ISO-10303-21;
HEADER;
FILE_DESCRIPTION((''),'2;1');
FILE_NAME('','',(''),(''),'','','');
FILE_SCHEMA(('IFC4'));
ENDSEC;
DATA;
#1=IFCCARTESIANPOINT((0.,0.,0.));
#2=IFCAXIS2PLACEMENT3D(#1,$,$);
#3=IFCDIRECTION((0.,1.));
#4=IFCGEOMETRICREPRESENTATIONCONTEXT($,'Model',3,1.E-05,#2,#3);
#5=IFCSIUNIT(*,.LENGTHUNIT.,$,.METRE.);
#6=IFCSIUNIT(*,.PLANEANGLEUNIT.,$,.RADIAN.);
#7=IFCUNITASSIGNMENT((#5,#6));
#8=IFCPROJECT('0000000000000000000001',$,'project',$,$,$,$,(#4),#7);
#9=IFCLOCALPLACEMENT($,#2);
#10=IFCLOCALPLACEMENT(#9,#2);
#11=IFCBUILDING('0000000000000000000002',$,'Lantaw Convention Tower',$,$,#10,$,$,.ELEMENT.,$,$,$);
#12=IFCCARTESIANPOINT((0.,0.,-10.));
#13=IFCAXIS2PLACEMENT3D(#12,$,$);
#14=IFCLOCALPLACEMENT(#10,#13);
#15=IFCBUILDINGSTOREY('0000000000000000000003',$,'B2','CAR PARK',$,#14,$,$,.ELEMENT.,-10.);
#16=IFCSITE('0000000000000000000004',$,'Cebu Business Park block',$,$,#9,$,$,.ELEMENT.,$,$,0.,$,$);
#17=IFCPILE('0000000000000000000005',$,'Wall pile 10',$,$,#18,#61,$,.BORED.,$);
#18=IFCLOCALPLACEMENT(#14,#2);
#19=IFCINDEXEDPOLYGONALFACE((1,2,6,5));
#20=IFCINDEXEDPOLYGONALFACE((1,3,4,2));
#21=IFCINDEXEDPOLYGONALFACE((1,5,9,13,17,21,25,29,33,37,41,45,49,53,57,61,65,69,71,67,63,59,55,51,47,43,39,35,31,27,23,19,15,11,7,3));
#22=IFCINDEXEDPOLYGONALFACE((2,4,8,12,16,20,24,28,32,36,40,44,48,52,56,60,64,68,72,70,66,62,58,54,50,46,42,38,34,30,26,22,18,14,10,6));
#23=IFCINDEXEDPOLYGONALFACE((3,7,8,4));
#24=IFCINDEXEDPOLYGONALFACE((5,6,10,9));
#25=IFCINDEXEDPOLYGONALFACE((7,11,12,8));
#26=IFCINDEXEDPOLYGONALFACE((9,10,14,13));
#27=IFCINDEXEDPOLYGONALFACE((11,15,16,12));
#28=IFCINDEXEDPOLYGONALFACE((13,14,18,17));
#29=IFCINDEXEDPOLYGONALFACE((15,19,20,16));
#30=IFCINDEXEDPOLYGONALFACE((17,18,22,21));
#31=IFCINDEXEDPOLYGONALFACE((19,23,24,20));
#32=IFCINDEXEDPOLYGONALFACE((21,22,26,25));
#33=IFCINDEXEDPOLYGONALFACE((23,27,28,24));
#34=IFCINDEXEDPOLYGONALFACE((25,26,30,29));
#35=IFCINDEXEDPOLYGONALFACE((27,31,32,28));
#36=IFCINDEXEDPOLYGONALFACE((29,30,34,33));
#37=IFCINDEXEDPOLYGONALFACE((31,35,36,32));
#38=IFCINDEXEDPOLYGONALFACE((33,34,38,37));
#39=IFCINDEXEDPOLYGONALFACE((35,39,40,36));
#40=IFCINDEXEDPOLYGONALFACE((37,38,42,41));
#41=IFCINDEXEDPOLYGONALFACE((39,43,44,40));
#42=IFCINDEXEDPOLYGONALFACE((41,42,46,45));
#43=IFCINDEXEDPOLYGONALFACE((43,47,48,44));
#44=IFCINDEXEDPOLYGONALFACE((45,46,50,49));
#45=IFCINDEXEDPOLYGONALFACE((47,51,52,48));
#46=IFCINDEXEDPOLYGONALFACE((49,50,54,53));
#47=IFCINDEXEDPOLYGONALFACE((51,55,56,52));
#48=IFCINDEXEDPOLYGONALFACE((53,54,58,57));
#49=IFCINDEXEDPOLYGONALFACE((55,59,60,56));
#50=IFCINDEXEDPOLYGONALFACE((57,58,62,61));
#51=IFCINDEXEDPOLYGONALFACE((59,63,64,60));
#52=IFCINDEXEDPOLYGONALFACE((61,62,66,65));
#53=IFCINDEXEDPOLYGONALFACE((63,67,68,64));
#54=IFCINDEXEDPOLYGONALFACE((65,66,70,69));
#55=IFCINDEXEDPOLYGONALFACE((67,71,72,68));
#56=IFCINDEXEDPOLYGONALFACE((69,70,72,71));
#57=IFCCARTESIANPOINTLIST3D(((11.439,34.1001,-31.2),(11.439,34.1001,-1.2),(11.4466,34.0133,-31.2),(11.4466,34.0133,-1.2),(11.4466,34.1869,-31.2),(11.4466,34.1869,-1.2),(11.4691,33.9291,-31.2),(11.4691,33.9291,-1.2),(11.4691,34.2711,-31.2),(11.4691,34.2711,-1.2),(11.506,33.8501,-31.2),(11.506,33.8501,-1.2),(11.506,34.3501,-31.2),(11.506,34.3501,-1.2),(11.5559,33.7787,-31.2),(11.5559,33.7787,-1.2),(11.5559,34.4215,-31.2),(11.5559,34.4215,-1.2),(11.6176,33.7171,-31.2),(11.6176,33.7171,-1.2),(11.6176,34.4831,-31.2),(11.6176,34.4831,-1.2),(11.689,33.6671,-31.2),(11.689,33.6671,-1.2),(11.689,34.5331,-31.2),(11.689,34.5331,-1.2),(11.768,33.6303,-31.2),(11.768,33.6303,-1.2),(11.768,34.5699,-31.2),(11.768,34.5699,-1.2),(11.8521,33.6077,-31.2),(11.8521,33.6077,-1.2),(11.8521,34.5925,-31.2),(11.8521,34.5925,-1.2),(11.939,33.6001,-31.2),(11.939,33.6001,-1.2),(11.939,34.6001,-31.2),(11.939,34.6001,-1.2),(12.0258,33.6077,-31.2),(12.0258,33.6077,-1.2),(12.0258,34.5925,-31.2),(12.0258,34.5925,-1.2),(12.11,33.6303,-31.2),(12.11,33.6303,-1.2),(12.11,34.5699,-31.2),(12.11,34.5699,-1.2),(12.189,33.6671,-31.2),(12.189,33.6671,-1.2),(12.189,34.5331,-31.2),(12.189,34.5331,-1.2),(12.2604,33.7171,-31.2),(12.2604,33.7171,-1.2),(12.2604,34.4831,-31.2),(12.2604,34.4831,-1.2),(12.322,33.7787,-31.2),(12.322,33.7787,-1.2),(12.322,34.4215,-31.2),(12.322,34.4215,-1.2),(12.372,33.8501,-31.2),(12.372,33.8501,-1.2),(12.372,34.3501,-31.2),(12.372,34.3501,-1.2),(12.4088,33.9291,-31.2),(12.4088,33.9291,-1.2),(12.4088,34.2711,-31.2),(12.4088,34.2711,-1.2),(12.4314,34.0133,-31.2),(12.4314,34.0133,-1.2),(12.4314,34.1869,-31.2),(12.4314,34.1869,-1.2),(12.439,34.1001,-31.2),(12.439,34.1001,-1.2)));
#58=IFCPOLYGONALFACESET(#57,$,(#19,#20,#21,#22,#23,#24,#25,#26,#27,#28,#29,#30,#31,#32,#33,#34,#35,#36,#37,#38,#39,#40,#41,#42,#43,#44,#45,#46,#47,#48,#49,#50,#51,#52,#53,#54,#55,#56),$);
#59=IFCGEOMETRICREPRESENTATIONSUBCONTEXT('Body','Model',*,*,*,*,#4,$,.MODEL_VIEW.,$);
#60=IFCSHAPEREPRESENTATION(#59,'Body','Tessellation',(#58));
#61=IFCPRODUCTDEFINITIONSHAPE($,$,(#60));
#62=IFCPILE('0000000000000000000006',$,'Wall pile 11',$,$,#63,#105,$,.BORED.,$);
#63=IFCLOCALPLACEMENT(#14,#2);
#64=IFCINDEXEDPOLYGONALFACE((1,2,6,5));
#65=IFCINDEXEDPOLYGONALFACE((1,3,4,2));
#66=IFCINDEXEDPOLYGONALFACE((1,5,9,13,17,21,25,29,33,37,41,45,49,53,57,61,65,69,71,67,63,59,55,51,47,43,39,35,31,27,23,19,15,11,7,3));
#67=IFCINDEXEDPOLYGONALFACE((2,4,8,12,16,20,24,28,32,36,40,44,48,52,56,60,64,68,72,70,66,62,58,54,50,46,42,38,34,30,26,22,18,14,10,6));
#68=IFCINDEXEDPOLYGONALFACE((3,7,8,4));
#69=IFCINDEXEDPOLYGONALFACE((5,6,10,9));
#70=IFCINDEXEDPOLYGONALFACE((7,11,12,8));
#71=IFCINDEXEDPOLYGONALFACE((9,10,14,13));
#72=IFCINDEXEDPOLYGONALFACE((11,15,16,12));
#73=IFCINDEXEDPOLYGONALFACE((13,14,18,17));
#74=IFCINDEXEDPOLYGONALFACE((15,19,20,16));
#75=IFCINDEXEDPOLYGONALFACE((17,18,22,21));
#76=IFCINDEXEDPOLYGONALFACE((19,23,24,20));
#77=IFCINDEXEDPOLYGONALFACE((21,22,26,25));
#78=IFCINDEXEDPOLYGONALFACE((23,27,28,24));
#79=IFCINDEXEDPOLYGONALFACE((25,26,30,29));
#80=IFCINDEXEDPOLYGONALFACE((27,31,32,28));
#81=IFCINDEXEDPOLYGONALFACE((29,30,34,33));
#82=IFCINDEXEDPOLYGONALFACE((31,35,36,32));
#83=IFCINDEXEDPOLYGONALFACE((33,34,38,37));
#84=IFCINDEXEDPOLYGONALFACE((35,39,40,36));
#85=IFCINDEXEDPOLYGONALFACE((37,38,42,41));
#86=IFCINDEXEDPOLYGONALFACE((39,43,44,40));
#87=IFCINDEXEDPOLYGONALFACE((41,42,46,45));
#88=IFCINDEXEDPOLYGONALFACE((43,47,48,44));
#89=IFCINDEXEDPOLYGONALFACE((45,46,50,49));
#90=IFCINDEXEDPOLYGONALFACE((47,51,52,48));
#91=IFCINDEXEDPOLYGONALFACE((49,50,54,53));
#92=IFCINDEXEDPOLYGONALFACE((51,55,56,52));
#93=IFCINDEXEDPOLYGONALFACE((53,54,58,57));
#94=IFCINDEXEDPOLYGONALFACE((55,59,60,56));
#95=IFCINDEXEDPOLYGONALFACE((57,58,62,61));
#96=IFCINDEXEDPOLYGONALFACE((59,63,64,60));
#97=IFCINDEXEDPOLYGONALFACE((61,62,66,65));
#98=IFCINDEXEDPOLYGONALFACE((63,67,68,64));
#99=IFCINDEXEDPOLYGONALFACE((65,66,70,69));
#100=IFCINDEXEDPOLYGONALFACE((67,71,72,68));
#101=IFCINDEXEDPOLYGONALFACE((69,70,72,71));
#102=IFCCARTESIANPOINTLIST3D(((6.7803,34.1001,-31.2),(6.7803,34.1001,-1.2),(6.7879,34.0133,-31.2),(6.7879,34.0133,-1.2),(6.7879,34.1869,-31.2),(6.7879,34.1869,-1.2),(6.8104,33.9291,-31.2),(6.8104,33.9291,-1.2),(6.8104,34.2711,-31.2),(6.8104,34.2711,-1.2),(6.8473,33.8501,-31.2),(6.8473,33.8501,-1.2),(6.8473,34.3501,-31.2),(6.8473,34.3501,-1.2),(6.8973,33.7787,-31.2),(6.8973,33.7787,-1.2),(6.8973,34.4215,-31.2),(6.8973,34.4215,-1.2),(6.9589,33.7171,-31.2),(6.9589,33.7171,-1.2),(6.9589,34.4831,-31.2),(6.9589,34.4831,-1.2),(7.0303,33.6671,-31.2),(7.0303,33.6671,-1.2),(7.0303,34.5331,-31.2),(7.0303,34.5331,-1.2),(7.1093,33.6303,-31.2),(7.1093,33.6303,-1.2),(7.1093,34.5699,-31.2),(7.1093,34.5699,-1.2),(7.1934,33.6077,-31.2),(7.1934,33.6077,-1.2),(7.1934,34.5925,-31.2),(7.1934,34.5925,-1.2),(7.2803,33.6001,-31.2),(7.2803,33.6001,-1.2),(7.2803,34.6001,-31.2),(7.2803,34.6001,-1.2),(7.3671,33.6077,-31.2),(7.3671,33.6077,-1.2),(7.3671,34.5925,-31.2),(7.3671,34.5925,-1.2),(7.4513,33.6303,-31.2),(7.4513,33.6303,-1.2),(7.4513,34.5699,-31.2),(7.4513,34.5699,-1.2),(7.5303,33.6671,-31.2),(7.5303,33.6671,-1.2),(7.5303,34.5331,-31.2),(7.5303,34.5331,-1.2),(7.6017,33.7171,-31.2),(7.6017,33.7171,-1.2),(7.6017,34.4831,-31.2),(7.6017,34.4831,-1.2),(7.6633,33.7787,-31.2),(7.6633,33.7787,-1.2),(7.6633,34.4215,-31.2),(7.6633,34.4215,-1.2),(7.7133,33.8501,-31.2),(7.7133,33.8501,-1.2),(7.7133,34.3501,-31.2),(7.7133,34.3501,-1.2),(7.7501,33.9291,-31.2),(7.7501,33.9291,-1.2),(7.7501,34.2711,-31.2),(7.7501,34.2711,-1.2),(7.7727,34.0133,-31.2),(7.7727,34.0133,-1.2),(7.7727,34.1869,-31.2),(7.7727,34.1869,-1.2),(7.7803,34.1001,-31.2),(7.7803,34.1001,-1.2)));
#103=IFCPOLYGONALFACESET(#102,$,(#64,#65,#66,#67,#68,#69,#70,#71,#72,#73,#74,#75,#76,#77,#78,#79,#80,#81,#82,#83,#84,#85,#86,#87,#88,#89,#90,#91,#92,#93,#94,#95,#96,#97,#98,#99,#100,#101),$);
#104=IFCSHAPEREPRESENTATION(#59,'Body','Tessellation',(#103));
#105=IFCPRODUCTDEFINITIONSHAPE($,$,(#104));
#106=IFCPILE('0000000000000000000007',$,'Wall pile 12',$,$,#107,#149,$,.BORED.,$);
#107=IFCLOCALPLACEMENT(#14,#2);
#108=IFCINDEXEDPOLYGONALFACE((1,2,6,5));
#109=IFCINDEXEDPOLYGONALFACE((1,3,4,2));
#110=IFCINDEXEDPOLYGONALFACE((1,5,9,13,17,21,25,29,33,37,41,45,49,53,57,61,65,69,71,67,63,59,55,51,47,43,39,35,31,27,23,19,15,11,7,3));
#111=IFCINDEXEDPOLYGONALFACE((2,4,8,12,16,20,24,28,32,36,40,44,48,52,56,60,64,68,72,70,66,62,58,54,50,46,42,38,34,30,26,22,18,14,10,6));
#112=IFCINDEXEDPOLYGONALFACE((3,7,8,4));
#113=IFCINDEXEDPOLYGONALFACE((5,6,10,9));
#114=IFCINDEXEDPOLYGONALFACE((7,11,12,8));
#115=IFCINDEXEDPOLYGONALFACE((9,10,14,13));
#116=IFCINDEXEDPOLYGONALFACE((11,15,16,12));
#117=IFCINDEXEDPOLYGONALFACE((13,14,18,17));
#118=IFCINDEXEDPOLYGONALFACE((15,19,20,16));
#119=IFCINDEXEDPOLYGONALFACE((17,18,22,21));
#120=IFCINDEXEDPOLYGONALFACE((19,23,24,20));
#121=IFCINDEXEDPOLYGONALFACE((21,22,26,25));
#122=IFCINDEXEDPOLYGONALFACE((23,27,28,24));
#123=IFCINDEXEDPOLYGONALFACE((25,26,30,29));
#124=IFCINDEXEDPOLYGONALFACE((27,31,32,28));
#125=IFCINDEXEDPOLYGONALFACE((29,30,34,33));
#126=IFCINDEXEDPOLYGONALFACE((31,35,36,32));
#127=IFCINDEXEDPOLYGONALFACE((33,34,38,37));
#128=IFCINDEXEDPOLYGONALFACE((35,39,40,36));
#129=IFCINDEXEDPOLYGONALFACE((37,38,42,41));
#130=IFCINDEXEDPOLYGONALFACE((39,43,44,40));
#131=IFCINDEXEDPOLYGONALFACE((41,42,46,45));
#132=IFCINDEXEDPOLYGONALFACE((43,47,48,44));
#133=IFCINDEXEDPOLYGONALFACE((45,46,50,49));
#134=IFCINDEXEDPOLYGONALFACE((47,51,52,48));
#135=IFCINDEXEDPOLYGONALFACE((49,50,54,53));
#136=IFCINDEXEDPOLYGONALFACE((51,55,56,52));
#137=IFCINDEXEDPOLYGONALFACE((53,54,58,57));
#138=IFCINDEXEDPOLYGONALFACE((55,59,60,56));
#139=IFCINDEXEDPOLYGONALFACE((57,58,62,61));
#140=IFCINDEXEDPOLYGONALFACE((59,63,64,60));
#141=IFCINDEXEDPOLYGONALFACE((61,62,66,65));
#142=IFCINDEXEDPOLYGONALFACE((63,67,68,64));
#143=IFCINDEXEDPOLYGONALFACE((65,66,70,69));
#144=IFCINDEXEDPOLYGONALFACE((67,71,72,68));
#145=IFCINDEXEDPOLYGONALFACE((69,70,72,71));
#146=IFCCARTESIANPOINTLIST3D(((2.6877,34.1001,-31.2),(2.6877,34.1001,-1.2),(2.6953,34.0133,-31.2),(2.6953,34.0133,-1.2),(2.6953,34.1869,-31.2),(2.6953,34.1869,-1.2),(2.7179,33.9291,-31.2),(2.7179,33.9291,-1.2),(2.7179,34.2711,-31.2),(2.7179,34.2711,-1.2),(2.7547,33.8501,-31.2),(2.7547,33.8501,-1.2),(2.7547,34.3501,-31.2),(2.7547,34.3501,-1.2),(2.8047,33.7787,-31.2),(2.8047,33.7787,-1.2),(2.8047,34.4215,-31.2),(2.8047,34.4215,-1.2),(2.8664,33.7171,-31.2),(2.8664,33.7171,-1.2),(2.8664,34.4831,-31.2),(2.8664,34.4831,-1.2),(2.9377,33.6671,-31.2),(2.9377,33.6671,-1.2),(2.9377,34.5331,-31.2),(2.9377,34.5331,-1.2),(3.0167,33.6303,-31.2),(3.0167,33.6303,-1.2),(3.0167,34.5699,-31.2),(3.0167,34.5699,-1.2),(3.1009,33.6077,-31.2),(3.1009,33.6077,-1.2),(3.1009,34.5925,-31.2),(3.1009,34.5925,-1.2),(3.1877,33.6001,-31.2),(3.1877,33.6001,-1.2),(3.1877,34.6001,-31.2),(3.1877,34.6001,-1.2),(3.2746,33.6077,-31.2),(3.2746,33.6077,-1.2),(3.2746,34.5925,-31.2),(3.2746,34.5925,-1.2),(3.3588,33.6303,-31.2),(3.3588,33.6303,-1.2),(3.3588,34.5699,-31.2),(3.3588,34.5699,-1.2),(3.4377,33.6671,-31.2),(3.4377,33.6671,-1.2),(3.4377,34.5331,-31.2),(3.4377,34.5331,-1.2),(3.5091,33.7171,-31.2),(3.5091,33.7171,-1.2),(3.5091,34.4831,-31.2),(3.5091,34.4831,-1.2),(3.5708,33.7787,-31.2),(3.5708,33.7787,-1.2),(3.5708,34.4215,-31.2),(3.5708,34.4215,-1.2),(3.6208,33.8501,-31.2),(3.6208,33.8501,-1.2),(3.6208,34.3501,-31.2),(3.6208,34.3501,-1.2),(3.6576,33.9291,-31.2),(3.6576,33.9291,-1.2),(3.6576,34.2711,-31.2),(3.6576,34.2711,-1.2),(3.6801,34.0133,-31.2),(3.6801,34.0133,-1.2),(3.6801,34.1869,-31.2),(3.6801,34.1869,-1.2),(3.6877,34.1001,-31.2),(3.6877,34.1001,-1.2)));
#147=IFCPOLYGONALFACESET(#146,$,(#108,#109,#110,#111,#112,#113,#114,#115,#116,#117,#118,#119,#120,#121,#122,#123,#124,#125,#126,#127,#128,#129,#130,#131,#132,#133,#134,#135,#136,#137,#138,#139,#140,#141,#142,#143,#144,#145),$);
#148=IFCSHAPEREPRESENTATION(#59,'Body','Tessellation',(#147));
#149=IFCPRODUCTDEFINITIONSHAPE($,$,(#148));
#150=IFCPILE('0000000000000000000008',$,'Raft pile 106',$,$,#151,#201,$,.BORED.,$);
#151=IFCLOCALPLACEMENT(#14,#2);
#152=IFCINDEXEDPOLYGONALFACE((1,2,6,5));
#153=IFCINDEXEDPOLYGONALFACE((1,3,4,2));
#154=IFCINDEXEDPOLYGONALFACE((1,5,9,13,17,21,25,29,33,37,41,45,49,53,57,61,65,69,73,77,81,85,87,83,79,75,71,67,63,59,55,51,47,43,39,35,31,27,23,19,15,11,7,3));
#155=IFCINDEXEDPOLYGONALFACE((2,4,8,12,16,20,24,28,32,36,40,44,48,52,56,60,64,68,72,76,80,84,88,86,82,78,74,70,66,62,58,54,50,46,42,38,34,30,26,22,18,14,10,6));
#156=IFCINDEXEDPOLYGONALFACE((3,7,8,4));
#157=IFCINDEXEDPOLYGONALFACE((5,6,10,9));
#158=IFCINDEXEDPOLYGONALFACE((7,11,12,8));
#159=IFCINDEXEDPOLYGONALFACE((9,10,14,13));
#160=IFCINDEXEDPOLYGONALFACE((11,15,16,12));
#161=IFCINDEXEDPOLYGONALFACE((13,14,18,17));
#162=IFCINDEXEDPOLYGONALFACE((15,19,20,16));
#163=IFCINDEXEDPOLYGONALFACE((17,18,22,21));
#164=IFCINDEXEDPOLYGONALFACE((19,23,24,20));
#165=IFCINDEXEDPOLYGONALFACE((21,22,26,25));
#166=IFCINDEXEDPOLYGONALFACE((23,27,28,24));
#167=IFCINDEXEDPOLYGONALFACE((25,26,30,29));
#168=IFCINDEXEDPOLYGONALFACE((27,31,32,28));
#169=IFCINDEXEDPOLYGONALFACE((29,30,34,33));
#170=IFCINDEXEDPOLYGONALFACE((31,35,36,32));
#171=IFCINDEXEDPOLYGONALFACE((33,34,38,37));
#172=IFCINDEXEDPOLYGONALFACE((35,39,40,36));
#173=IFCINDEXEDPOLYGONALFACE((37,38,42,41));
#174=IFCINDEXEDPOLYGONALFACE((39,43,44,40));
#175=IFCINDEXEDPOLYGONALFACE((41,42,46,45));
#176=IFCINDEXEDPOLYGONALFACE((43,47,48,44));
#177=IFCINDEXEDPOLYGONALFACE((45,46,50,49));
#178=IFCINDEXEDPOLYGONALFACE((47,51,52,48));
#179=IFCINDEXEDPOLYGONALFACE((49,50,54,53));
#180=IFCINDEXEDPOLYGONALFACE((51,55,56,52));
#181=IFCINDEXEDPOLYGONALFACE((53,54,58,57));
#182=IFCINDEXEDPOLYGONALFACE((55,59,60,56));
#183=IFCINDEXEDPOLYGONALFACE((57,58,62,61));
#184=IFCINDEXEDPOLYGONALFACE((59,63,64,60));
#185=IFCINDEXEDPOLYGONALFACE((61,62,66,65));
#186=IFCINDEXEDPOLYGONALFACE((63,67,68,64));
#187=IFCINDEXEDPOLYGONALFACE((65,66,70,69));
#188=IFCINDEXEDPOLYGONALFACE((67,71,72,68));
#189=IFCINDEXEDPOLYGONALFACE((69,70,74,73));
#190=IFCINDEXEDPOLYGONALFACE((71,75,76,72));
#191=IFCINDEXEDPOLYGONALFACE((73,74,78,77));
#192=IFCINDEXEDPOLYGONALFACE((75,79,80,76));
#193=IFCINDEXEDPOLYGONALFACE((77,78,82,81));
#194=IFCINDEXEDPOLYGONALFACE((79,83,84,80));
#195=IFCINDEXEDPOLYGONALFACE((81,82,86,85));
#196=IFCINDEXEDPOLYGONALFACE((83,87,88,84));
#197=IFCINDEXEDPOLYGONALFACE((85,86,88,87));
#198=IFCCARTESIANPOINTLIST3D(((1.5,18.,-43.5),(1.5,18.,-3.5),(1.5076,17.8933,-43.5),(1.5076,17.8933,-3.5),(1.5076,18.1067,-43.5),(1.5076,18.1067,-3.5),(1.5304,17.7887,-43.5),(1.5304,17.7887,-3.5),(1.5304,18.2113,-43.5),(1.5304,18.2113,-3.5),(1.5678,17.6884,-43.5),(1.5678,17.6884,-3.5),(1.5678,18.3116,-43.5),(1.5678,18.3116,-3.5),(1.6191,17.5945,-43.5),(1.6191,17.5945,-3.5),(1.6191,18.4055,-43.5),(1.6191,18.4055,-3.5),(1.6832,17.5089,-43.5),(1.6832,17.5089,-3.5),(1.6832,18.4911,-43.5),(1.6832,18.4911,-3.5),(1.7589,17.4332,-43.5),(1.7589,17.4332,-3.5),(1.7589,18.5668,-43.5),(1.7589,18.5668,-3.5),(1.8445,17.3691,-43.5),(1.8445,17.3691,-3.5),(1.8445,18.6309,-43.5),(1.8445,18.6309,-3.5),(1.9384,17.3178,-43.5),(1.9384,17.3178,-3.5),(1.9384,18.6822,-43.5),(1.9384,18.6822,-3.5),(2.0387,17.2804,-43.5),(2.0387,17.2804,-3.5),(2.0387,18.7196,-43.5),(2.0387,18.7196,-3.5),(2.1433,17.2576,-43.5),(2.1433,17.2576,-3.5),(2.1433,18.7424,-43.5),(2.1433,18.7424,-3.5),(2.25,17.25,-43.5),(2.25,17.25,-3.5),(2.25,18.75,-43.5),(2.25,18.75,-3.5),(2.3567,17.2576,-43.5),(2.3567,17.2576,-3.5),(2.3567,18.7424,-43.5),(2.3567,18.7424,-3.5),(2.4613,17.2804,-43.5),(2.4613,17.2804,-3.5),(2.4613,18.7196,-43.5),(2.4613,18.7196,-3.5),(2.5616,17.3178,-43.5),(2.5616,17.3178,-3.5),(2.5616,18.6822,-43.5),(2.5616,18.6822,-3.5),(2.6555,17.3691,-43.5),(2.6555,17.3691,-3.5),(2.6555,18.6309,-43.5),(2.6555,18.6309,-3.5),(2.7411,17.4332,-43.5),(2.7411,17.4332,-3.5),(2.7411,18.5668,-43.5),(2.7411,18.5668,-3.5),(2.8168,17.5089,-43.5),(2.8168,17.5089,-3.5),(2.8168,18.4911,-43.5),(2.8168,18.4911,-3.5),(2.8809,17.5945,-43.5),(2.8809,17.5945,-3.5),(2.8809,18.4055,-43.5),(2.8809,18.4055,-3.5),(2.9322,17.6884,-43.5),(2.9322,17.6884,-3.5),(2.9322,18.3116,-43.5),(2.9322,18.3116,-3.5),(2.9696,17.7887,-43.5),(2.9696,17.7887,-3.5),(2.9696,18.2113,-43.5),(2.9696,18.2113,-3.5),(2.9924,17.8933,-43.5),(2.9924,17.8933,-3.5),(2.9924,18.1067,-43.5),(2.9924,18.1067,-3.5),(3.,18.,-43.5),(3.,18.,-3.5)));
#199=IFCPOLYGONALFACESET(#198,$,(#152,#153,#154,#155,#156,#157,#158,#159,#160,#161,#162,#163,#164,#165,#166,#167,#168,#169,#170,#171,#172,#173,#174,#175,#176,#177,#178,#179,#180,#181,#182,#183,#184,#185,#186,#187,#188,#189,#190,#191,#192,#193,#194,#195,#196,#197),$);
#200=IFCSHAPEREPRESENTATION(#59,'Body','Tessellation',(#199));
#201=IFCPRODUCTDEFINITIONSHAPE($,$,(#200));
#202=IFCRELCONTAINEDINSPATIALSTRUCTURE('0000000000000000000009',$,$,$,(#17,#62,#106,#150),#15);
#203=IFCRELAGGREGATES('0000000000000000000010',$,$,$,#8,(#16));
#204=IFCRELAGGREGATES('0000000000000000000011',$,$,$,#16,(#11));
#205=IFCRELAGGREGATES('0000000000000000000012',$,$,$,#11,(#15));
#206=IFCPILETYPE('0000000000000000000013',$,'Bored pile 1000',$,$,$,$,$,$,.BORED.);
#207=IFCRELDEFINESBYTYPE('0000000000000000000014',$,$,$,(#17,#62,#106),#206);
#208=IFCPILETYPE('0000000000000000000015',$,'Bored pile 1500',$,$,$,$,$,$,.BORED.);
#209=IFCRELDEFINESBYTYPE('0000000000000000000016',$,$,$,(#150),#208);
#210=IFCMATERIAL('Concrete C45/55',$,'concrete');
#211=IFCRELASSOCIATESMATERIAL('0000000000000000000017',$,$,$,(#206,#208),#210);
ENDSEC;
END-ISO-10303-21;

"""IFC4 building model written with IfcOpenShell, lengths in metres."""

from ifc_helpers import new_model, si_unit, direction, frame, origin, origin_2d, place, context, subcontext, project, spatial, circle, extrude, material, material_profile, profile_set, type_object, element, save


model = new_model("IFC4")

# Units and contexts
model_context = context("Model", 3, precision=1e-05, world=origin(), true_north=direction((0.0, 1.0)))
body_context = subcontext(model_context, "Body", "Model", "MODEL_VIEW")
ifc_project = project(units=[si_unit("LENGTHUNIT", "METRE"), si_unit("PLANEANGLEUNIT", "RADIAN")], contexts=[model_context])

# Site, building, storey
site_placement = place(None, origin())
site = spatial("IfcSite", under=ifc_project, at=site_placement, Name="Cebu Business Park block", CompositionType="ELEMENT", RefElevation=0.0)
building_placement = place(site_placement, origin())
building = spatial("IfcBuilding", under=site, at=building_placement, Name="Lantaw Convention Tower", CompositionType="ELEMENT")
storey_placement = place(building_placement, frame((0.0, 0.0, -10.0)))
storey = spatial("IfcBuildingStorey", under=building, at=storey_placement, Name="B2", Description="CAR PARK", CompositionType="ELEMENT", Elevation=-10.0)

# Piles
ifc_material_1 = material(Name="Concrete C45/55", Category="concrete")
ifc_material_profile_1 = material_profile(ifc_material_1, circle(Radius=0.5, at=origin_2d()), Name="Bored pile 1000")
ifc_profile_set_1 = profile_set([ifc_material_profile_1], Name="Concrete C45/55")
pile_type_1 = type_object("IfcPileType", Name="Bored pile 1000", PredefinedType="BORED", material=ifc_profile_set_1)
for number, where, z_axis, x_axis, name in (
    (1, (11.939, 34.1001, -1.2), (0.0, 0.0, -1.0), (1.0, 0.0, 0.0), "Wall pile 10"),
    (2, (7.2803, 34.1001, -1.2), (0.0, 0.0, -1.0), (1.0, 0.0, 0.0), "Wall pile 11"),
    (3, (3.1877, 34.1001, -1.2), (0.0, 0.0, -1.0), (1.0, 0.0, 0.0), "Wall pile 12"),
):
    element("IfcPile", number, at=place(storey_placement, frame(where, z_axis=z_axis, x_axis=x_axis)), inside=storey, type_object=pile_type_1, Name=name, PredefinedType="BORED", context=body_context, shape_type="SweptSolid", body=[
        extrude(circle(Radius=0.5, at=origin_2d()), origin(), (0.0, 0.0, 1.0), 30.0),
    ])
ifc_material_profile_2 = material_profile(ifc_material_1, circle(Radius=0.75, at=origin_2d()), Name="Bored pile 1500")
ifc_profile_set_2 = profile_set([ifc_material_profile_2], Name="Concrete C45/55")
pile_type_2 = type_object("IfcPileType", Name="Bored pile 1500", PredefinedType="BORED", material=ifc_profile_set_2)
for number, where, z_axis, x_axis, name in (
    (4, (2.25, 18.0, -3.5), (0.0, 0.0, -1.0), (1.0, 0.0, 0.0), "Raft pile 106"),
):
    element("IfcPile", number, at=place(storey_placement, frame(where, z_axis=z_axis, x_axis=x_axis)), inside=storey, type_object=pile_type_2, Name=name, PredefinedType="BORED", context=body_context, shape_type="SweptSolid", body=[
        extrude(circle(Radius=0.75, at=origin_2d()), origin(), (0.0, 0.0, 1.0), 40.0),
    ])

save(model, "model.ifc")
